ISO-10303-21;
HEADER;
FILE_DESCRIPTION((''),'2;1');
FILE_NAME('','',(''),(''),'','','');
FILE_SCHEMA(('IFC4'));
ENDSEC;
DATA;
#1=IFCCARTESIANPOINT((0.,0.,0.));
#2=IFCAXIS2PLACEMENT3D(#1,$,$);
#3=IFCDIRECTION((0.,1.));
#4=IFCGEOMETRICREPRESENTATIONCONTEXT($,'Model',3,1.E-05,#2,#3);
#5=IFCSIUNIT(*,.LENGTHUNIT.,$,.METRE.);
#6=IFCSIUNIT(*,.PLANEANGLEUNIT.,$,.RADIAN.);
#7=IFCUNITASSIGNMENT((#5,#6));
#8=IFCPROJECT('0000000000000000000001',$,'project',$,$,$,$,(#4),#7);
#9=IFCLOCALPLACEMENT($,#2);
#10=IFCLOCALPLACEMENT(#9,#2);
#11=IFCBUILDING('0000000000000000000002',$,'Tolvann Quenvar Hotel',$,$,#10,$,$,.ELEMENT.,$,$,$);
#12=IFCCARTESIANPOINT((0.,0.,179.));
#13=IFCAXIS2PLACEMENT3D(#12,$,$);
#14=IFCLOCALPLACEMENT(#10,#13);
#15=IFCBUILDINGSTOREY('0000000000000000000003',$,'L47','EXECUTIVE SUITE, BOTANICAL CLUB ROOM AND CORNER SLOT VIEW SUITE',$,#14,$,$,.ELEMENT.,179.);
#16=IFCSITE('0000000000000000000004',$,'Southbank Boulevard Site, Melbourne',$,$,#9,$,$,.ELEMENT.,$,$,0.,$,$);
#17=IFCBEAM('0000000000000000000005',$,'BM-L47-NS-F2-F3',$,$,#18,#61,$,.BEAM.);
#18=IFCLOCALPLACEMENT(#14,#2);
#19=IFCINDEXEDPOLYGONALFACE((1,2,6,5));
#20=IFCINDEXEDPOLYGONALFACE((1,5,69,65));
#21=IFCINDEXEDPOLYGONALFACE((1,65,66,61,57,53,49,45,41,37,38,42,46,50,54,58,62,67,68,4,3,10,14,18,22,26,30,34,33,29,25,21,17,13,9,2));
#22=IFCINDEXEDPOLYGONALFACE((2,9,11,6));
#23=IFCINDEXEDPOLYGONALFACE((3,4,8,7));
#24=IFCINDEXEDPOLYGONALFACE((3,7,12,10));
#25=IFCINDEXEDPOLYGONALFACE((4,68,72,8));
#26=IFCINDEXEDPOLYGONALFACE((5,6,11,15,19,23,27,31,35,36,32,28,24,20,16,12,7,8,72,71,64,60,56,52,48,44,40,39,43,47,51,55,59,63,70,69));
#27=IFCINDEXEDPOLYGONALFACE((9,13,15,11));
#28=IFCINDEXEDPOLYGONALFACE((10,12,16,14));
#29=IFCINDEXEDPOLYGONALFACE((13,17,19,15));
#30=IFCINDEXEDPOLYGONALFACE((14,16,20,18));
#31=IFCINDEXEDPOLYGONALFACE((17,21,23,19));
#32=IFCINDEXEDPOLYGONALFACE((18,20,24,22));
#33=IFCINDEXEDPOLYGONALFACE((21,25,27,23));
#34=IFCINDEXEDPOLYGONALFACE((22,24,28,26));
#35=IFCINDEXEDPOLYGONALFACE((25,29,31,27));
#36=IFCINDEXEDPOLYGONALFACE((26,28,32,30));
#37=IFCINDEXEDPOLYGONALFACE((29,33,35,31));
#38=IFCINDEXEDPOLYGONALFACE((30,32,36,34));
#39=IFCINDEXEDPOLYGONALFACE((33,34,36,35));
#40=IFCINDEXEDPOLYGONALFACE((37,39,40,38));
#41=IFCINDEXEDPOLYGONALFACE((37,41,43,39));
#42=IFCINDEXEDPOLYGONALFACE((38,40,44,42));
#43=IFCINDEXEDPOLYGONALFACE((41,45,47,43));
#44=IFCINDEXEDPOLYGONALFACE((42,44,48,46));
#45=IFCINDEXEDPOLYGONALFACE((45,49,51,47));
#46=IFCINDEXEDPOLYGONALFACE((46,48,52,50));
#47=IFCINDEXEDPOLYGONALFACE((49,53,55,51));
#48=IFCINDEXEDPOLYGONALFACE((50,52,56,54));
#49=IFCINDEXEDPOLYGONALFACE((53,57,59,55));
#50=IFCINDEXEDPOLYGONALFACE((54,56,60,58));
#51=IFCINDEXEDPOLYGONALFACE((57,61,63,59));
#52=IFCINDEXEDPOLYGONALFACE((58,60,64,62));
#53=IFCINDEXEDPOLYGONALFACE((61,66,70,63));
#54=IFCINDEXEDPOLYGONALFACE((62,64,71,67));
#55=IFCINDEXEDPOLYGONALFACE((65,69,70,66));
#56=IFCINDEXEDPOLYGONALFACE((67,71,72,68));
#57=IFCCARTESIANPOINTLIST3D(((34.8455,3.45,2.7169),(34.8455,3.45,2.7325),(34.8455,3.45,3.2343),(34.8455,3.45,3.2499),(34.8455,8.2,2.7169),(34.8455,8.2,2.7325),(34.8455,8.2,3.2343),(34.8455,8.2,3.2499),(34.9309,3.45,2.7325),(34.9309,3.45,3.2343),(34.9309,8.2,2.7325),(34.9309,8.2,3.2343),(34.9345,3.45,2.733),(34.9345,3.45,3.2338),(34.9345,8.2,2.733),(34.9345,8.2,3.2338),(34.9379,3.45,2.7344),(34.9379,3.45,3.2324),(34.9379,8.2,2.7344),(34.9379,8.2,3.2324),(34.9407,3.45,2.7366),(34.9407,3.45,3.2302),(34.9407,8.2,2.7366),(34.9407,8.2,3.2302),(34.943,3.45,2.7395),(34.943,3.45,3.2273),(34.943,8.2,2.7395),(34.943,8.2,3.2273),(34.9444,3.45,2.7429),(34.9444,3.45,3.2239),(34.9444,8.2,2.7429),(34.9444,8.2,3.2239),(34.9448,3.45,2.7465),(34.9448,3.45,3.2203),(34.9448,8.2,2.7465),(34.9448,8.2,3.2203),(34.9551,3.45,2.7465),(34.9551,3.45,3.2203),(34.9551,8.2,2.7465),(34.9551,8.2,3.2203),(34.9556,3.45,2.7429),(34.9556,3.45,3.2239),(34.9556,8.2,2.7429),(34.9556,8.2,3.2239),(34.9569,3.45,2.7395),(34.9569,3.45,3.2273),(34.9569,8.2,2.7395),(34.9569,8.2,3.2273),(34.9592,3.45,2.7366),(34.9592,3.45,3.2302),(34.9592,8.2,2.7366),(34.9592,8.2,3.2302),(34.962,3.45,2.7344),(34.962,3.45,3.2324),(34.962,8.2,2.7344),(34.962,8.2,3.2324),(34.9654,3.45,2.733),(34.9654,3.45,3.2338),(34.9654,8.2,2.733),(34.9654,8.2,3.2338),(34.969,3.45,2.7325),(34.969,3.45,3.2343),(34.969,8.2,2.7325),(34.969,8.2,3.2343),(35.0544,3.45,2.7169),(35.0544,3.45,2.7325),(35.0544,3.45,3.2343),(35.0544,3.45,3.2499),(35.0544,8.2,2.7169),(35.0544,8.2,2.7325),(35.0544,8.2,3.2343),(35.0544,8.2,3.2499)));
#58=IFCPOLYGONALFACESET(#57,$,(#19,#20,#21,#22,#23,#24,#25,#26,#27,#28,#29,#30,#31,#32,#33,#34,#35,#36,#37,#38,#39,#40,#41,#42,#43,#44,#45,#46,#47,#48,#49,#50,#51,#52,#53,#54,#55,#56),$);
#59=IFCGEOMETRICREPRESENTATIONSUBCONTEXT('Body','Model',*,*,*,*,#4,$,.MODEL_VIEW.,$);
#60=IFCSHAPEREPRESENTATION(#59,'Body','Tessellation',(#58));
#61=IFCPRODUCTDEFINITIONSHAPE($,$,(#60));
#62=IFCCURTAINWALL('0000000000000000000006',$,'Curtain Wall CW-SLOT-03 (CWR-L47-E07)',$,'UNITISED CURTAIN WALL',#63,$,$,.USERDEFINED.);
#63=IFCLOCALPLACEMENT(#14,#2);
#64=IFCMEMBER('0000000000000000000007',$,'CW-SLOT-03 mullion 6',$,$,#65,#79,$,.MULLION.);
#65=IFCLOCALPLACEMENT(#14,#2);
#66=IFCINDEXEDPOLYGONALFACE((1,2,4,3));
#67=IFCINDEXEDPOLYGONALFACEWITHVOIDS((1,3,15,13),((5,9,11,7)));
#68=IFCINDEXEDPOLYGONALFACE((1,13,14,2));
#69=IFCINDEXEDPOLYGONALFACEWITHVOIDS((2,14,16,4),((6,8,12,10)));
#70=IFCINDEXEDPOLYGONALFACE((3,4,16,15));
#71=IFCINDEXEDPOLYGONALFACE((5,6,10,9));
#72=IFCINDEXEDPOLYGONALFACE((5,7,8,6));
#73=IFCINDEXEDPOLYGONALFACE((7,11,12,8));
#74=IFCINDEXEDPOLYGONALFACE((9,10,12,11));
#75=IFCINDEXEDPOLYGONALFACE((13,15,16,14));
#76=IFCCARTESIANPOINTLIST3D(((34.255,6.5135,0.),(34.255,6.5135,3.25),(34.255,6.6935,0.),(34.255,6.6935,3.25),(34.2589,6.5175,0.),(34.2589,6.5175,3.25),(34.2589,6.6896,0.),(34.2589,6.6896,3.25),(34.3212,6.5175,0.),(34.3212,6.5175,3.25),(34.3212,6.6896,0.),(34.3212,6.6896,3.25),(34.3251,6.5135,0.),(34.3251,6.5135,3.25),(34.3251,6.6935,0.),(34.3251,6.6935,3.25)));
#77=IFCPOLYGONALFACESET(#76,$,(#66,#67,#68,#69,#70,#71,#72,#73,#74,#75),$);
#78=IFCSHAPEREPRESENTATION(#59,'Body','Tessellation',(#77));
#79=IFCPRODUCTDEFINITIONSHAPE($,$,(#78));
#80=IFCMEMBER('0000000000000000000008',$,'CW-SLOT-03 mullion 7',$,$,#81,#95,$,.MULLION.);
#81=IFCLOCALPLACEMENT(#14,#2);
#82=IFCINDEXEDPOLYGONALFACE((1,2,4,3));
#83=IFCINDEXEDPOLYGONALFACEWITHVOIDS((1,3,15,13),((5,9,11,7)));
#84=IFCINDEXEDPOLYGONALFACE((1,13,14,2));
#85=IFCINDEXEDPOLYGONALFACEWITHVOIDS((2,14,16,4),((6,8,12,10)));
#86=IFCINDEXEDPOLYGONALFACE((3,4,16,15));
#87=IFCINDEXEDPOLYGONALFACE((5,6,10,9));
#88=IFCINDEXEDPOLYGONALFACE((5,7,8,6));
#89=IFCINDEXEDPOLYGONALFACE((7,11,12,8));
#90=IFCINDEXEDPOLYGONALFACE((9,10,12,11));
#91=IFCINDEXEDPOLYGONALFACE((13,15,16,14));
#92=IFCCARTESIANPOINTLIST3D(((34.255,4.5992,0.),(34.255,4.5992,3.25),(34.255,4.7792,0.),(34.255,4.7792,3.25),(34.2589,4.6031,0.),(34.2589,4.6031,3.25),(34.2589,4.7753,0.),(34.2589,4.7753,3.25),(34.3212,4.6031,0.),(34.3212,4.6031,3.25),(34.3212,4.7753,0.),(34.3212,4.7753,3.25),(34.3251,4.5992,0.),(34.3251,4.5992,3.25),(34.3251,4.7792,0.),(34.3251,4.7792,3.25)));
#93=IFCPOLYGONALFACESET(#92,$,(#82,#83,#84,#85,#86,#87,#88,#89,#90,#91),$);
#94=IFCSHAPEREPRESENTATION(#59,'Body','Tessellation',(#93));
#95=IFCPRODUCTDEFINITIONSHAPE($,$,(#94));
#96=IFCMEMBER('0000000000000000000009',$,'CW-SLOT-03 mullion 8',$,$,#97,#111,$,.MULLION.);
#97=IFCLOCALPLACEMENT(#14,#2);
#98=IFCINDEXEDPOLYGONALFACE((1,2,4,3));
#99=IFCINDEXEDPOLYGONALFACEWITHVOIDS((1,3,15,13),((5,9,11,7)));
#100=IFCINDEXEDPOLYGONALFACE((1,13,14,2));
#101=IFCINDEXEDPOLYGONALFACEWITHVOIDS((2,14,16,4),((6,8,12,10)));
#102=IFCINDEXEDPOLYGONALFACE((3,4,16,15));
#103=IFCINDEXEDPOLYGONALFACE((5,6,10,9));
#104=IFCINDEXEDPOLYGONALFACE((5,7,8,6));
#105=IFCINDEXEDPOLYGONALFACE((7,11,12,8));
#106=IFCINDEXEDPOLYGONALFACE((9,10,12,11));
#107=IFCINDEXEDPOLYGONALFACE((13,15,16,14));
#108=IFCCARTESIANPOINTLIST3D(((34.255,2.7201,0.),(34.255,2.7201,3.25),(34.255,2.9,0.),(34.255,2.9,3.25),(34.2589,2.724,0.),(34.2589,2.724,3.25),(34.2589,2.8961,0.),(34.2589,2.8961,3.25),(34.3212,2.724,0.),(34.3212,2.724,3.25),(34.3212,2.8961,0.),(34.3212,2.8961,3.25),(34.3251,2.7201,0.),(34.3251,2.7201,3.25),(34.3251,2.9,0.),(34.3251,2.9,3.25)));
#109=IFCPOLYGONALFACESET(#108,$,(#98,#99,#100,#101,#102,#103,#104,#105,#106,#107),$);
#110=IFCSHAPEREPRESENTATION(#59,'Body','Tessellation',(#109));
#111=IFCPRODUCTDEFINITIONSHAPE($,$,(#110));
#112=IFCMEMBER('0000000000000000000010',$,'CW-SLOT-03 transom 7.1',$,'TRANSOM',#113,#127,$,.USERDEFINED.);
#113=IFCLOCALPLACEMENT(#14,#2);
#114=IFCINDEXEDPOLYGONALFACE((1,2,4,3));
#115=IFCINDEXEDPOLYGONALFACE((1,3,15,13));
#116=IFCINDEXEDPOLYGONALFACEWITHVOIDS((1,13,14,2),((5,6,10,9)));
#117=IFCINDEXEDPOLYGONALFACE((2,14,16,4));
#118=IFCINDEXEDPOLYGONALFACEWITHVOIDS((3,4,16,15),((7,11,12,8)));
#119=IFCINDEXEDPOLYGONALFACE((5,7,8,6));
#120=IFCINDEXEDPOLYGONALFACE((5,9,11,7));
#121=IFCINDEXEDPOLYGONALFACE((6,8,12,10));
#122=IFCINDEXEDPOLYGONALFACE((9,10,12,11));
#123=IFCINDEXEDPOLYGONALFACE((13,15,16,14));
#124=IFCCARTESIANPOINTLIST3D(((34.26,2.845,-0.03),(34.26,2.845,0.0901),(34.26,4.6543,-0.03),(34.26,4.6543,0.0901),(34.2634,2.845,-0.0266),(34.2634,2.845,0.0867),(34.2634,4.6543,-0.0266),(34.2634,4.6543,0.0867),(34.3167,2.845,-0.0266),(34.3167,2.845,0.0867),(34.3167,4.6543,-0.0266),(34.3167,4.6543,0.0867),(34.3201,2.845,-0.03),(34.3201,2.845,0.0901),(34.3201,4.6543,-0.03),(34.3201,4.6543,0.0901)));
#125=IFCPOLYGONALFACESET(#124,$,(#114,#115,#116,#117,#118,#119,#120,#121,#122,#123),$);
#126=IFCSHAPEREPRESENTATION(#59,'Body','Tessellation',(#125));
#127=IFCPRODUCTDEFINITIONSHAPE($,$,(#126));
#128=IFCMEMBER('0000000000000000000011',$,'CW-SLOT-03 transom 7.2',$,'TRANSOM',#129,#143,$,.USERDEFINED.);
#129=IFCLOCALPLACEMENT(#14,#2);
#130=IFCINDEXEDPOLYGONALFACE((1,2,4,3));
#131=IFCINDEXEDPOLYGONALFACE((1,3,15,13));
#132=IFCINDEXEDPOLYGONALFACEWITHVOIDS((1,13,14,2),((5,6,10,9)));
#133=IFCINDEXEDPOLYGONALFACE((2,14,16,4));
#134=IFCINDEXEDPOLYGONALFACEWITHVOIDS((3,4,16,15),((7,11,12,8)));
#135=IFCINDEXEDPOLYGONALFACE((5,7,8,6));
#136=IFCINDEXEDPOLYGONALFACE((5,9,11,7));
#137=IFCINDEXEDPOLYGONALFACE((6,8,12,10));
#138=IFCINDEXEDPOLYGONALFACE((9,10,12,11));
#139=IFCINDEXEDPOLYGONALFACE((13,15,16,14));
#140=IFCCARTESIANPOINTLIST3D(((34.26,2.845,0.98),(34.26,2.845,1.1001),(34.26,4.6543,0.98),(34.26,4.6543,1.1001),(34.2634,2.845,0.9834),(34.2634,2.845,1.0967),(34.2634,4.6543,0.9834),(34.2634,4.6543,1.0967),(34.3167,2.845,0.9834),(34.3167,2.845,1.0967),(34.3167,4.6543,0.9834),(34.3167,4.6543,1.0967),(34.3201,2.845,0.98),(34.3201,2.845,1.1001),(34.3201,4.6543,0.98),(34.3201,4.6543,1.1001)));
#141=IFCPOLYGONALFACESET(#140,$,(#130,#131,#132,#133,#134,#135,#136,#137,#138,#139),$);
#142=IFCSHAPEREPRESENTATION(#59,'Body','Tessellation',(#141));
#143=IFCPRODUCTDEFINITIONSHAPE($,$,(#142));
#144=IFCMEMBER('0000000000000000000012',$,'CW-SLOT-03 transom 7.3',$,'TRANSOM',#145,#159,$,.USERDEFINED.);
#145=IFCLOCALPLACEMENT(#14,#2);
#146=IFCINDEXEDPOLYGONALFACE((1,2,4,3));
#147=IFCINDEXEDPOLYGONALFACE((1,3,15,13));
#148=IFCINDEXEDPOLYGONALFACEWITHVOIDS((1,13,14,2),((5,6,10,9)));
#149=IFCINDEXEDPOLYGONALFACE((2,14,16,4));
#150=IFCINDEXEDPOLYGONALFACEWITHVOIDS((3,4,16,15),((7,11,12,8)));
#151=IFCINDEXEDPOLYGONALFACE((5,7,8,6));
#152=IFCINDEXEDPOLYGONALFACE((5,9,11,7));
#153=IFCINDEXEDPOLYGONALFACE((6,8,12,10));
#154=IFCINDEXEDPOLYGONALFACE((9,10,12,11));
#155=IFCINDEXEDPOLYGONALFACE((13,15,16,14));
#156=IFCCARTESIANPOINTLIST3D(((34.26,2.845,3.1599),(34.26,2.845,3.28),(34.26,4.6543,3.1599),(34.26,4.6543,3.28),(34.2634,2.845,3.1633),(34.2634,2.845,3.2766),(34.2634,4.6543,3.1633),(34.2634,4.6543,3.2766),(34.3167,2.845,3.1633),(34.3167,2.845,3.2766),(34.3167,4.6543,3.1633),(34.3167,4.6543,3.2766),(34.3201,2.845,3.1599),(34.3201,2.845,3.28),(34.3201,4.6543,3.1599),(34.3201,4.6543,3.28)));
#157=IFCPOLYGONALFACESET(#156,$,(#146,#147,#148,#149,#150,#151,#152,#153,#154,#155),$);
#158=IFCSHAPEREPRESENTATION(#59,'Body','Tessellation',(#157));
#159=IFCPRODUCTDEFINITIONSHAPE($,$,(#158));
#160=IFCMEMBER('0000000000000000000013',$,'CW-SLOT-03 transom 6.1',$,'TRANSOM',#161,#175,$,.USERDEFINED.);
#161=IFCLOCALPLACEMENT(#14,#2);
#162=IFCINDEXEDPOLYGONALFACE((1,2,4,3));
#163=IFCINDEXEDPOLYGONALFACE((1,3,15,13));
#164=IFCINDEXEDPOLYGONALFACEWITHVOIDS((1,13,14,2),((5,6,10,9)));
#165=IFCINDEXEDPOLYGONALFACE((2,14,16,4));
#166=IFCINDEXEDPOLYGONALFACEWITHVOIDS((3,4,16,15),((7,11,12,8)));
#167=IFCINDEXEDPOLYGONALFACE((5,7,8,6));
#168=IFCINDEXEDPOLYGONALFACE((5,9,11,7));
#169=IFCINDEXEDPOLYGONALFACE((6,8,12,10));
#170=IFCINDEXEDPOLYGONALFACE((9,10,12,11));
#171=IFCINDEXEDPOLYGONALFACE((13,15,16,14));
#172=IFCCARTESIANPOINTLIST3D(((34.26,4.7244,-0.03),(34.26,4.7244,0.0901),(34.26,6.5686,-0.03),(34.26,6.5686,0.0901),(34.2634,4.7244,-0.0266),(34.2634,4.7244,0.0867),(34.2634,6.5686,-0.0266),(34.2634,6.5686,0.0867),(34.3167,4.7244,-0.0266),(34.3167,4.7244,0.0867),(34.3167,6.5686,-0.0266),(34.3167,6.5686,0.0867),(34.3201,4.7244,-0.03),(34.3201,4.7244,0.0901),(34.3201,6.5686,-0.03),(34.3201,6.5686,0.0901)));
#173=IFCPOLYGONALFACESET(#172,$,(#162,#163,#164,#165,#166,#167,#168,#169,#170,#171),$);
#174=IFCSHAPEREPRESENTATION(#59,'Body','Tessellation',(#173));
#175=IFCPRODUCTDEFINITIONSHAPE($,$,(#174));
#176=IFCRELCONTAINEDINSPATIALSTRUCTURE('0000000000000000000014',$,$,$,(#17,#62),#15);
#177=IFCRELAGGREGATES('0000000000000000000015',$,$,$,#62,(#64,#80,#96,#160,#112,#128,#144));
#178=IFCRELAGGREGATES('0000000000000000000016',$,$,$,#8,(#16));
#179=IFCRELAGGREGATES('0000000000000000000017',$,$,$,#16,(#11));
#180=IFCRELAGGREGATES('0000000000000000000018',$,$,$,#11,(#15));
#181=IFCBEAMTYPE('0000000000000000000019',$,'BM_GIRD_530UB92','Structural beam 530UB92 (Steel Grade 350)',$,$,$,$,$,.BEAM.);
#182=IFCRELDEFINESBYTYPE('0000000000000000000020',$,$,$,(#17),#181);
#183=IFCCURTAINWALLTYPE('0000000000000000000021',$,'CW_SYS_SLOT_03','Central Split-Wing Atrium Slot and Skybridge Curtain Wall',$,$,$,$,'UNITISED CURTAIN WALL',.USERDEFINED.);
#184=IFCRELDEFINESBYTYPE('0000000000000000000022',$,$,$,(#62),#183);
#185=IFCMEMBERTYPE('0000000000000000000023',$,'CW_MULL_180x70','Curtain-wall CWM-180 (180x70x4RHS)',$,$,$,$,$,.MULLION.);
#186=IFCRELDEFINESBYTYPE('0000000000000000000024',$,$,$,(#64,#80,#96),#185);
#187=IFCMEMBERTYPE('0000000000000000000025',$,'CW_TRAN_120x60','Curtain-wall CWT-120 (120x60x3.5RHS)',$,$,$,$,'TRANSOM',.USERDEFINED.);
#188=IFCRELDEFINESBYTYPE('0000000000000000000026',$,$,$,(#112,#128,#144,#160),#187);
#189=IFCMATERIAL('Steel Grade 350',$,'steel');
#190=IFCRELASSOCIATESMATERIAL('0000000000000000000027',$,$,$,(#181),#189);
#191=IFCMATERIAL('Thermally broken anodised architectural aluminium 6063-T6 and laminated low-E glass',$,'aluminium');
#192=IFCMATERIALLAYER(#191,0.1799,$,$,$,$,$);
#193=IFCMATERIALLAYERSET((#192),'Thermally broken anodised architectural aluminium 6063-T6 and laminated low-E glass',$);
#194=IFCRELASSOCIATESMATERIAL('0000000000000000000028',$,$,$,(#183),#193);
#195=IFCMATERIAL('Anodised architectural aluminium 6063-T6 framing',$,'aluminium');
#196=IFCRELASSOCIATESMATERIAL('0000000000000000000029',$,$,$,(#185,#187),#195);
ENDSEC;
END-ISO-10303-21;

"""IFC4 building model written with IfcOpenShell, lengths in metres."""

from ifc_helpers import new_model, si_unit, direction, frame, origin, origin_2d, place, context, subcontext, project, spatial, hollow_rectangle, i_section, extrude, source, transform, mapped, material, layer, layer_set, material_profile, profile_set, type_object, type_shapes, element, aggregate, save


model = new_model("IFC4")

# Units and contexts
model_context = context("Model", 3, precision=1e-05, world=origin(), true_north=direction((0.0, 1.0)))
body_context = subcontext(model_context, "Body", "Model", "MODEL_VIEW")
ifc_project = project(units=[si_unit("LENGTHUNIT", "METRE"), si_unit("PLANEANGLEUNIT", "RADIAN")], contexts=[model_context])

# Site, building, storey
site_placement = place(None, origin())
site = spatial("IfcSite", under=ifc_project, at=site_placement, Name="Southbank Boulevard Site, Melbourne", CompositionType="ELEMENT", RefElevation=0.0)
building_placement = place(site_placement, origin())
building = spatial("IfcBuilding", under=site, at=building_placement, Name="Tolvann Quenvar Hotel", CompositionType="ELEMENT")
storey_placement = place(building_placement, frame((0.0, 0.0, 179.0)))
storey = spatial("IfcBuildingStorey", under=building, at=storey_placement, Name="L47", Description="EXECUTIVE SUITE, BOTANICAL CLUB ROOM AND CORNER SLOT VIEW SUITE", CompositionType="ELEMENT", Elevation=179.0)

# Beam
ifc_material_1 = material(Name="Steel Grade 350", Category="steel")
ifc_material_profile_1 = material_profile(ifc_material_1, i_section(OverallWidth=0.209, OverallDepth=0.533, WebThickness=0.0103, FlangeThickness=0.0156, FilletRadius=0.0139, at=origin_2d()), Name="530UB92")
ifc_profile_set_1 = profile_set([ifc_material_profile_1], Name="Steel Grade 350")
beam_type_1 = type_object("IfcBeamType", Name="BM_GIRD_530UB92", Description="Structural beam 530UB92 (Steel Grade 350)", PredefinedType="BEAM", material=ifc_profile_set_1)
shared_shape_1 = source(origin(), body_context, "Body", "SweptSolid", [
    extrude(i_section(OverallWidth=0.209, OverallDepth=0.533, WebThickness=0.0103, FlangeThickness=0.0156, FilletRadius=0.0139, at=origin_2d()), origin(), (0.0, 0.0, 1.0), 4.75),
])
beam_1_placement = place(storey_placement, frame((34.95, 3.45, 2.9834), z_axis=(0.0, 1.0, 0.0), x_axis=(-1.0, 0.0, 0.0)))
element("IfcBeam", 1, at=beam_1_placement, inside=storey, type_object=beam_type_1, Name="BM-L47-NS-F2-F3", PredefinedType="BEAM", context=body_context, shape_type="MappedRepresentation", body=[
    mapped(shared_shape_1, transform((0.0, 0.0, 0.0), x_axis=(1.0, 0.0, 0.0), y_axis=(0.0, 1.0, 0.0), z_axis=(0.0, 0.0, 1.0), scale=1.0)),
])

# Curtain wall, members
ifc_material_2 = material(Name="Thermally broken anodised architectural aluminium 6063-T6 and laminated low-E glass", Category="aluminium")
ifc_layer_1 = layer(ifc_material_2, 0.1799)
ifc_layer_set_1 = layer_set([ifc_layer_1], Name="Thermally broken anodised architectural aluminium 6063-T6 and laminated low-E glass")
curtain_wall_type = type_object("IfcCurtainWallType", Name="CW_SYS_SLOT_03", Description="Central Split-Wing Atrium Slot and Skybridge Curtain Wall", ElementType="UNITISED CURTAIN WALL", PredefinedType="USERDEFINED", material=ifc_layer_set_1)
curtain_wall_placement = place(storey_placement, origin())
curtain_wall = element("IfcCurtainWall", 2, at=curtain_wall_placement, inside=storey, type_object=curtain_wall_type, Name="Curtain Wall CW-SLOT-03 (CWR-L47-E07)", ObjectType="UNITISED CURTAIN WALL", PredefinedType="USERDEFINED")
ifc_material_3 = material(Name="Anodised architectural aluminium 6063-T6 framing", Category="aluminium")
ifc_material_profile_2 = material_profile(ifc_material_3, hollow_rectangle(XDim=0.0701, YDim=0.1799, WallThickness=0.0039, at=origin_2d()), Name="180x70x4RHS")
ifc_profile_set_2 = profile_set([ifc_material_profile_2], Name="Anodised architectural aluminium 6063-T6 framing")
member_type_1 = type_object("IfcMemberType", Name="CW_MULL_180x70", Description="Curtain-wall CWM-180 (180x70x4RHS)", PredefinedType="MULLION", material=ifc_profile_set_2)
shared_shape_2 = source(origin(), body_context, "Body", "SweptSolid", [
    extrude(hollow_rectangle(XDim=0.0701, YDim=0.1799, WallThickness=0.0039, at=origin_2d()), origin(), (0.0, 0.0, 1.0), 3.25),
])
type_shapes(member_type_1, [shared_shape_2])
member_1_placement = place(storey_placement, frame((34.29, 6.6035, 0.0), z_axis=(0.0, 0.0, 1.0), x_axis=(1.0, 0.0, 0.0)))
member_1 = element("IfcMember", 3, at=member_1_placement, type_object=member_type_1, Name="CW-SLOT-03 mullion 6", PredefinedType="MULLION", context=body_context, shape_type="MappedRepresentation", body=[
    mapped(shared_shape_2, transform((0.0, 0.0, 0.0), x_axis=(1.0, 0.0, 0.0), y_axis=(0.0, 1.0, 0.0), z_axis=(0.0, 0.0, 1.0), scale=1.0)),
])
member_2_placement = place(storey_placement, frame((34.29, 4.6892, 0.0), z_axis=(0.0, 0.0, 1.0), x_axis=(1.0, 0.0, 0.0)))
member_2 = element("IfcMember", 4, at=member_2_placement, type_object=member_type_1, Name="CW-SLOT-03 mullion 7", PredefinedType="MULLION", context=body_context, shape_type="MappedRepresentation", body=[
    mapped(shared_shape_2, transform((0.0, 0.0, 0.0), x_axis=(1.0, 0.0, 0.0), y_axis=(0.0, 1.0, 0.0), z_axis=(0.0, 0.0, 1.0), scale=1.0)),
])
member_3_placement = place(storey_placement, frame((34.29, 2.8101, 0.0), z_axis=(0.0, 0.0, 1.0), x_axis=(1.0, 0.0, 0.0)))
member_3 = element("IfcMember", 5, at=member_3_placement, type_object=member_type_1, Name="CW-SLOT-03 mullion 8", PredefinedType="MULLION", context=body_context, shape_type="MappedRepresentation", body=[
    mapped(shared_shape_2, transform((0.0, 0.0, 0.0), x_axis=(1.0, 0.0, 0.0), y_axis=(0.0, 1.0, 0.0), z_axis=(0.0, 0.0, 1.0), scale=1.0)),
])
ifc_material_profile_3 = material_profile(ifc_material_3, hollow_rectangle(XDim=0.0601, YDim=0.1201, WallThickness=0.0034, at=origin_2d()), Name="120x60x3.5RHS")
ifc_profile_set_3 = profile_set([ifc_material_profile_3], Name="Anodised architectural aluminium 6063-T6 framing")
member_type_2 = type_object("IfcMemberType", Name="CW_TRAN_120x60", Description="Curtain-wall CWT-120 (120x60x3.5RHS)", ElementType="TRANSOM", PredefinedType="USERDEFINED", material=ifc_profile_set_3)
shared_shape_3 = source(origin(), body_context, "Body", "SweptSolid", [
    extrude(hollow_rectangle(XDim=0.0601, YDim=0.1201, WallThickness=0.0034, at=origin_2d()), origin(), (0.0, 0.0, 1.0), 1.8093),
])
member_4_placement = place(storey_placement, frame((34.29, 4.6543, 0.03), z_axis=(0.0, -1.0, 0.0), x_axis=(1.0, 0.0, 0.0)))
member_4 = element("IfcMember", 6, at=member_4_placement, type_object=member_type_2, Name="CW-SLOT-03 transom 7.1", ObjectType="TRANSOM", PredefinedType="USERDEFINED", context=body_context, shape_type="MappedRepresentation", body=[
    mapped(shared_shape_3, transform((0.0, 0.0, 0.0), x_axis=(1.0, 0.0, 0.0), y_axis=(0.0, 1.0, 0.0), z_axis=(0.0, 0.0, 1.0), scale=1.0)),
])
member_5_placement = place(storey_placement, frame((34.29, 4.6543, 1.04), z_axis=(0.0, -1.0, 0.0), x_axis=(1.0, 0.0, 0.0)))
member_5 = element("IfcMember", 7, at=member_5_placement, type_object=member_type_2, Name="CW-SLOT-03 transom 7.2", ObjectType="TRANSOM", PredefinedType="USERDEFINED", context=body_context, shape_type="MappedRepresentation", body=[
    mapped(shared_shape_3, transform((0.0, 0.0, 0.0), x_axis=(1.0, 0.0, 0.0), y_axis=(0.0, 1.0, 0.0), z_axis=(0.0, 0.0, 1.0), scale=1.0)),
])
member_6_placement = place(storey_placement, frame((34.29, 4.6543, 3.22), z_axis=(0.0, -1.0, 0.0), x_axis=(1.0, 0.0, 0.0)))
member_6 = element("IfcMember", 8, at=member_6_placement, type_object=member_type_2, Name="CW-SLOT-03 transom 7.3", ObjectType="TRANSOM", PredefinedType="USERDEFINED", context=body_context, shape_type="MappedRepresentation", body=[
    mapped(shared_shape_3, transform((0.0, 0.0, 0.0), x_axis=(1.0, 0.0, 0.0), y_axis=(0.0, 1.0, 0.0), z_axis=(0.0, 0.0, 1.0), scale=1.0)),
])
shared_shape_4 = source(origin(), body_context, "Body", "SweptSolid", [
    extrude(hollow_rectangle(XDim=0.0601, YDim=0.1201, WallThickness=0.0034, at=origin_2d()), origin(), (0.0, 0.0, 1.0), 1.8442),
])
type_shapes(member_type_2, [shared_shape_3, shared_shape_4])
member_7_placement = place(storey_placement, frame((34.29, 6.5686, 0.03), z_axis=(0.0, -1.0, 0.0), x_axis=(1.0, 0.0, 0.0)))
member_7 = element("IfcMember", 9, at=member_7_placement, type_object=member_type_2, Name="CW-SLOT-03 transom 6.1", ObjectType="TRANSOM", PredefinedType="USERDEFINED", context=body_context, shape_type="MappedRepresentation", body=[
    mapped(shared_shape_4, transform((0.0, 0.0, 0.0), x_axis=(1.0, 0.0, 0.0), y_axis=(0.0, 1.0, 0.0), z_axis=(0.0, 0.0, 1.0), scale=1.0)),
])
aggregate(curtain_wall, [member_1, member_2, member_3, member_7, member_4, member_5, member_6])

save(model, "model.ifc")
